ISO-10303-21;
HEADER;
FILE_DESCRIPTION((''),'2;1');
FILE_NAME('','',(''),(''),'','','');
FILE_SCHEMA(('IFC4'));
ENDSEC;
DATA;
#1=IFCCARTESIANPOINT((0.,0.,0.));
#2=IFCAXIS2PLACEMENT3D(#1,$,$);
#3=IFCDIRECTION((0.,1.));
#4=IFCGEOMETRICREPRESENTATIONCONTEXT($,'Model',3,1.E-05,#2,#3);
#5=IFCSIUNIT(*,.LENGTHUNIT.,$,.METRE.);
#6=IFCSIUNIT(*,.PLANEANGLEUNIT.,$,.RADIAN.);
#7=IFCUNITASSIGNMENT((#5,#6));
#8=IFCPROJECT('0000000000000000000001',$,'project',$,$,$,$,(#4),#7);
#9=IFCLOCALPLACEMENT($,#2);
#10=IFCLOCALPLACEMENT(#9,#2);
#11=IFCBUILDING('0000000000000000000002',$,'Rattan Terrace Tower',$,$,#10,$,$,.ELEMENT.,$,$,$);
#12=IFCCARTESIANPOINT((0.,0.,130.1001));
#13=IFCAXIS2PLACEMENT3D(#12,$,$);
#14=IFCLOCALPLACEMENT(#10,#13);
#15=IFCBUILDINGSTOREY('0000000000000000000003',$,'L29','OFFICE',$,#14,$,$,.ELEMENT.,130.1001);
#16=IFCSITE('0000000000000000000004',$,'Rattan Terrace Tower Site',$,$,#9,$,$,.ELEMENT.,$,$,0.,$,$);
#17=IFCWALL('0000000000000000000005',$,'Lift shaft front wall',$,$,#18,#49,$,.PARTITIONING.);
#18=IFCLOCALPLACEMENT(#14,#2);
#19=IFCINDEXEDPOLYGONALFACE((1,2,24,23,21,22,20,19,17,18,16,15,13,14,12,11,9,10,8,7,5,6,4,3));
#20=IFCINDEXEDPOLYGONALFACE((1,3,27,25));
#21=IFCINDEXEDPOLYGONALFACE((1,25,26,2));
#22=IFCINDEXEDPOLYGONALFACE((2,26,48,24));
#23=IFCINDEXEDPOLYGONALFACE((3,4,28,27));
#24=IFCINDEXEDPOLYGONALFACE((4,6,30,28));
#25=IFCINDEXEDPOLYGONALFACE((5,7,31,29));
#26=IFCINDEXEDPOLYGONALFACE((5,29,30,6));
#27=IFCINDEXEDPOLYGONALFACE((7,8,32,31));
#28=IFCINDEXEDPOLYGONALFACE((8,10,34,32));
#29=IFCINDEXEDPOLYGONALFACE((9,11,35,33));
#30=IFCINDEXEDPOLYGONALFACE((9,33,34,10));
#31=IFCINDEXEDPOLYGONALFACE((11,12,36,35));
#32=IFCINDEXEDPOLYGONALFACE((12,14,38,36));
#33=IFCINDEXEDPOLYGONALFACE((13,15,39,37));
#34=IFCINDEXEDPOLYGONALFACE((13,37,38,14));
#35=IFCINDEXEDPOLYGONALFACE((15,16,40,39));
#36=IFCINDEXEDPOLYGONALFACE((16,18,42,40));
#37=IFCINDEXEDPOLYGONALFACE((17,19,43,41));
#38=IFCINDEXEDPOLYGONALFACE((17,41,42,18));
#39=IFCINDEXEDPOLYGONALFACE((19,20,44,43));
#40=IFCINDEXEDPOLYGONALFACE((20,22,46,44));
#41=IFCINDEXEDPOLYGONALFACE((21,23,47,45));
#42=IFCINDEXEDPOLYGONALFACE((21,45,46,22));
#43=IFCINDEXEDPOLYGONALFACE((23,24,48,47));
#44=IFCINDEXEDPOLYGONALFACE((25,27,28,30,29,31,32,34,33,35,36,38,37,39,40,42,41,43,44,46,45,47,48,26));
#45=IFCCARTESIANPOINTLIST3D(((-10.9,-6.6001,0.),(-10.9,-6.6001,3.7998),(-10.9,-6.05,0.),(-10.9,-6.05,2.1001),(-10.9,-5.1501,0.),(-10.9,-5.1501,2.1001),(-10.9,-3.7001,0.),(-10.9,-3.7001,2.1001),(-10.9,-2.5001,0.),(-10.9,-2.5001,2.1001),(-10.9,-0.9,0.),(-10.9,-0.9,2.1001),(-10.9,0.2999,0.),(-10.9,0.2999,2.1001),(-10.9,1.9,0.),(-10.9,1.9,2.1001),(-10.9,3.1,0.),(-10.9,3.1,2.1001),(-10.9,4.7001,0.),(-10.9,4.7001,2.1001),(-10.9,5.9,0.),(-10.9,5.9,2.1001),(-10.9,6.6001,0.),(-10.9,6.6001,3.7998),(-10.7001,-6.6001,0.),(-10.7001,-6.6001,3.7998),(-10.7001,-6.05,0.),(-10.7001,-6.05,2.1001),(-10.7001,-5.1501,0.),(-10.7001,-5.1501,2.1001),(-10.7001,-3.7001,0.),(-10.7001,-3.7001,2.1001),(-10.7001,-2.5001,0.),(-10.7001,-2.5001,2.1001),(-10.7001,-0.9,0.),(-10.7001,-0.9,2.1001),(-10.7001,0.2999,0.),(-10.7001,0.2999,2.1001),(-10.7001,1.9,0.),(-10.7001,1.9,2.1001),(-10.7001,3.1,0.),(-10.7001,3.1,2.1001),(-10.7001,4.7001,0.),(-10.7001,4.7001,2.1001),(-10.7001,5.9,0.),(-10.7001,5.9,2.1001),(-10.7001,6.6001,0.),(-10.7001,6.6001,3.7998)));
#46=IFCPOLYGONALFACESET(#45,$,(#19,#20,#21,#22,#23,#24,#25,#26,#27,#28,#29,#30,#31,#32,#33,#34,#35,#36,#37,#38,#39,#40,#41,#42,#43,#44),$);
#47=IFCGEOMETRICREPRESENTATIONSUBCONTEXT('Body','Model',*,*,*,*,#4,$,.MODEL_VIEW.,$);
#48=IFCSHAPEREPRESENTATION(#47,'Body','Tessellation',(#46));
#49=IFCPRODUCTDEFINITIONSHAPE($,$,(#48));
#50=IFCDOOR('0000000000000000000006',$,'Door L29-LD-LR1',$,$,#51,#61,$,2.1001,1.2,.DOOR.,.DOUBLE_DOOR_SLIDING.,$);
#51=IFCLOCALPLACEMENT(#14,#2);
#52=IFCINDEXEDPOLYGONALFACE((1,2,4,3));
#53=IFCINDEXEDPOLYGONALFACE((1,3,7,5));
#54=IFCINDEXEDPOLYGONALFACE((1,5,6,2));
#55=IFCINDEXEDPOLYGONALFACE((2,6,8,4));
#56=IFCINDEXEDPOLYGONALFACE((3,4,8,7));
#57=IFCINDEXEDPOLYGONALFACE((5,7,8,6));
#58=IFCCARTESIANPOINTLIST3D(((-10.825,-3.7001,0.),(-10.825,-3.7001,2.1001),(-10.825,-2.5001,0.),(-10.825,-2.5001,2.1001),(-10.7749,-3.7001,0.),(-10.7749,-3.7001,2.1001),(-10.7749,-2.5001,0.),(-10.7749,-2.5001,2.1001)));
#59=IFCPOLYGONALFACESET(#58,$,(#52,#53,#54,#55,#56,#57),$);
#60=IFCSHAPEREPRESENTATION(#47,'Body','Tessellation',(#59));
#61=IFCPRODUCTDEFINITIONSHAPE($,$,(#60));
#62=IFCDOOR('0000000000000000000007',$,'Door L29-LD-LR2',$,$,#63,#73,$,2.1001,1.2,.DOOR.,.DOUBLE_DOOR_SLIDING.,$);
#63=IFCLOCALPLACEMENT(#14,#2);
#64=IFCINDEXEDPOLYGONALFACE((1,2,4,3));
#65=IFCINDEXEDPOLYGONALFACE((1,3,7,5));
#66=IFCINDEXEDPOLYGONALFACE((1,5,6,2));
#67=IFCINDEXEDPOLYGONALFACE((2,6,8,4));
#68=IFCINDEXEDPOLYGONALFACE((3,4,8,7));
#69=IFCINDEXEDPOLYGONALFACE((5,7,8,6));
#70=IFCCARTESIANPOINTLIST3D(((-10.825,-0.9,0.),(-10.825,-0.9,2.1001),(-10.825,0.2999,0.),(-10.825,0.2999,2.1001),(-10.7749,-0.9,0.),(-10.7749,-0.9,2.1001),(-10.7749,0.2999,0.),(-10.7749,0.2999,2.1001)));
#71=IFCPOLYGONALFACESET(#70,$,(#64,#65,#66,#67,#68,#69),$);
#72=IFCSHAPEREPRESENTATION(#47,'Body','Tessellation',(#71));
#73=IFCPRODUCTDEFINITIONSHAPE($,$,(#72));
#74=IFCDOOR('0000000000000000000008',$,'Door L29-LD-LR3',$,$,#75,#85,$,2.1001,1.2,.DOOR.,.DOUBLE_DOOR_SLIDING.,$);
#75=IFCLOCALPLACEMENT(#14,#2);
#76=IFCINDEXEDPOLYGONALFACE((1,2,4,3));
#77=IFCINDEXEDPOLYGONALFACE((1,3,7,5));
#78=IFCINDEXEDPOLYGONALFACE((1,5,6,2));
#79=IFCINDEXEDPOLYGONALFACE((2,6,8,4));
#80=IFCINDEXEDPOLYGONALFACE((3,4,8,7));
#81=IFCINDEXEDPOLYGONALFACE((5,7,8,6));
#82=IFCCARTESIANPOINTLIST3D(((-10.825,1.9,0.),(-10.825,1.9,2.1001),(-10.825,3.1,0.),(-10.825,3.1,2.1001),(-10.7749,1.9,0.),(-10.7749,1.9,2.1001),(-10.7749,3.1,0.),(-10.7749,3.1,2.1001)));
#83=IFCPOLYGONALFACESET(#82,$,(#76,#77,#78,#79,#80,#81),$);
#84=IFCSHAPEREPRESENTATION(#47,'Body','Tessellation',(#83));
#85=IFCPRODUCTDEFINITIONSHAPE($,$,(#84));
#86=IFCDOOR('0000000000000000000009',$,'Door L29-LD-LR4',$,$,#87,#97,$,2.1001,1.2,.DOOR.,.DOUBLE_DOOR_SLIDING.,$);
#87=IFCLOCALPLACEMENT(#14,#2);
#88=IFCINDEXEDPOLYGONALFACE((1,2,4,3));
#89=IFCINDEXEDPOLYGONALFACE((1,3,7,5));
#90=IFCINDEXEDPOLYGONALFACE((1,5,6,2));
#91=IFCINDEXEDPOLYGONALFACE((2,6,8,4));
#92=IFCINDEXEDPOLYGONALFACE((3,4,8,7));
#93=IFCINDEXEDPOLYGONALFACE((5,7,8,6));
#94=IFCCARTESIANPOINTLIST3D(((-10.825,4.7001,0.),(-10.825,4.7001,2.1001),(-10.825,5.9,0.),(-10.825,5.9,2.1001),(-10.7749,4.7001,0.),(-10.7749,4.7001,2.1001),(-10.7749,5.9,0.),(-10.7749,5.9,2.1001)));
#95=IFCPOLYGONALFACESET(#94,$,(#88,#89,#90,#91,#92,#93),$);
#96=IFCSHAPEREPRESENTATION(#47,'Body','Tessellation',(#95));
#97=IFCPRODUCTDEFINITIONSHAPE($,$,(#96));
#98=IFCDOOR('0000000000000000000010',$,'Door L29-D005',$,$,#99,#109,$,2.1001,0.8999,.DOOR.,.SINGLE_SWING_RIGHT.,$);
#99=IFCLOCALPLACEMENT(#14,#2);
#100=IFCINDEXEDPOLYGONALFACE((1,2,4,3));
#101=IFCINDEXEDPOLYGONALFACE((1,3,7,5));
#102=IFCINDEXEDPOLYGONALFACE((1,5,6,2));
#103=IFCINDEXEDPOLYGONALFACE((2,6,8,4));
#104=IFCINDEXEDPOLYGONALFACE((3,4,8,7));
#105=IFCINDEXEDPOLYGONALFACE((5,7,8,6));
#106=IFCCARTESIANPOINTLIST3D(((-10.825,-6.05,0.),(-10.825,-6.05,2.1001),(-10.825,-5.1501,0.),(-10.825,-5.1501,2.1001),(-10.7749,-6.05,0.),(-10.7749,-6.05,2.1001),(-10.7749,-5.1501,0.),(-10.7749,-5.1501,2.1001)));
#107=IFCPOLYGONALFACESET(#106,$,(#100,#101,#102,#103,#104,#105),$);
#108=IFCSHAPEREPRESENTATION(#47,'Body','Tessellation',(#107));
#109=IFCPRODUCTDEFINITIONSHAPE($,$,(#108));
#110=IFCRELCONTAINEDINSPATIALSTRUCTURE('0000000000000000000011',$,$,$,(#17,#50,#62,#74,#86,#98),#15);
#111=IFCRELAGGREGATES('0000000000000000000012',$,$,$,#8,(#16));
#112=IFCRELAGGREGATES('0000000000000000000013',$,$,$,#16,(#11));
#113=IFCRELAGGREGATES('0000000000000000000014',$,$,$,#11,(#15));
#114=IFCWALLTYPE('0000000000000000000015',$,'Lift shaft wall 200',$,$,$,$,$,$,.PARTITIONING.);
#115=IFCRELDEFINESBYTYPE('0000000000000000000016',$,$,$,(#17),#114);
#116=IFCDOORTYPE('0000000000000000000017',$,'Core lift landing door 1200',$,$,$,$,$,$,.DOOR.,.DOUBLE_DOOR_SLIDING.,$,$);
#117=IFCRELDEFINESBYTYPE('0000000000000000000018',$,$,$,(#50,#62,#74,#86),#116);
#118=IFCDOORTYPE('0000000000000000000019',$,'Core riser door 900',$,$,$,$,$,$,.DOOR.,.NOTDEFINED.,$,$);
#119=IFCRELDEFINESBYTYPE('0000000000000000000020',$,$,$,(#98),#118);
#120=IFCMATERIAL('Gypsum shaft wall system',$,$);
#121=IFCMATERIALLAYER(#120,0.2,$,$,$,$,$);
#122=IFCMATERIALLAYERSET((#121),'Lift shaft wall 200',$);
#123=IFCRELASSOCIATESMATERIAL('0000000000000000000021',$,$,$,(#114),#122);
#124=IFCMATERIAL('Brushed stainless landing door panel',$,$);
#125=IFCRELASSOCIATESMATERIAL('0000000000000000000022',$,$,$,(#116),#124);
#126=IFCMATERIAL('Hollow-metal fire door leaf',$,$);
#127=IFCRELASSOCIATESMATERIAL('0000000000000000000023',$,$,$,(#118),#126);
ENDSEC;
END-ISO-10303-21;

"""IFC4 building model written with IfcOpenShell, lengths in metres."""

from ifc_helpers import new_model, si_unit, direction, frame, frame_2d, origin, place, context, subcontext, project, spatial, rectangle, extrude, material, layer, layer_set, type_object, element, fill, save


model = new_model("IFC4")

# Units and contexts
model_context = context("Model", 3, precision=1e-05, world=origin(), true_north=direction((0.0, 1.0)))
body_context = subcontext(model_context, "Body", "Model", "MODEL_VIEW")
ifc_project = project(units=[si_unit("LENGTHUNIT", "METRE"), si_unit("PLANEANGLEUNIT", "RADIAN")], contexts=[model_context])

# Site, building, storey
site_placement = place(None, origin())
site = spatial("IfcSite", under=ifc_project, at=site_placement, Name="Rattan Terrace Tower Site", CompositionType="ELEMENT", RefElevation=0.0)
building_placement = place(site_placement, origin())
building = spatial("IfcBuilding", under=site, at=building_placement, Name="Rattan Terrace Tower", CompositionType="ELEMENT")
storey_placement = place(building_placement, frame((0.0, 0.0, 130.1001)))
storey = spatial("IfcBuildingStorey", under=building, at=storey_placement, Name="L29", Description="OFFICE", CompositionType="ELEMENT", Elevation=130.1001)

# Wall, openings, doors
ifc_material_1 = material(Name="Gypsum shaft wall system")
ifc_layer_1 = layer(ifc_material_1, 0.2)
ifc_layer_set_1 = layer_set([ifc_layer_1], Name="Lift shaft wall 200")
wall_type_1 = type_object("IfcWallType", Name="Lift shaft wall 200", PredefinedType="PARTITIONING", material=ifc_layer_set_1)
wall_1_placement = place(storey_placement, frame((-10.8, -6.6001, 0.0), z_axis=(0.0, 0.0, 1.0), x_axis=(0.0, 1.0, 0.0)))
wall_1 = element("IfcWall", 1, at=wall_1_placement, inside=storey, type_object=wall_type_1, Name="Lift shaft front wall", PredefinedType="PARTITIONING", context=body_context, shape_type="SweptSolid", body=[
    extrude(rectangle(XDim=13.2002, YDim=0.2, at=frame_2d((6.6001, 0.0))), origin(), (0.0, 0.0, 1.0), 3.7998),
])
opening_1_placement = place(wall_1_placement, frame((0.55, 0.0, 0.0)))
opening_1 = element("IfcOpeningElement", 2, at=opening_1_placement, cuts=wall_1, PredefinedType="OPENING", context=body_context, shape_type="SweptSolid", body=[
    extrude(rectangle(XDim=0.8999, YDim=2.1001, at=frame_2d((0.45, 1.05))), frame((0.0, 0.1106, 0.0), z_axis=(0.0, -1.0, 0.0), x_axis=(1.0, 0.0, 0.0)), (0.0, 0.0, 1.0), 0.2209),
])
opening_2_placement = place(wall_1_placement, frame((2.8999, 0.0, 0.0)))
opening_2 = element("IfcOpeningElement", 3, at=opening_2_placement, cuts=wall_1, PredefinedType="OPENING", context=body_context, shape_type="SweptSolid", body=[
    extrude(rectangle(XDim=1.2, YDim=2.1001, at=frame_2d((0.6001, 1.05))), frame((0.0, 0.1106, 0.0), z_axis=(0.0, -1.0, 0.0), x_axis=(1.0, 0.0, 0.0)), (0.0, 0.0, 1.0), 0.2209),
])
opening_3_placement = place(wall_1_placement, frame((5.7, 0.0, 0.0)))
opening_3 = element("IfcOpeningElement", 4, at=opening_3_placement, cuts=wall_1, PredefinedType="OPENING", context=body_context, shape_type="SweptSolid", body=[
    extrude(rectangle(XDim=1.2, YDim=2.1001, at=frame_2d((0.6001, 1.05))), frame((0.0, 0.1106, 0.0), z_axis=(0.0, -1.0, 0.0), x_axis=(1.0, 0.0, 0.0)), (0.0, 0.0, 1.0), 0.2209),
])
opening_4_placement = place(wall_1_placement, frame((8.5, 0.0, 0.0)))
opening_4 = element("IfcOpeningElement", 5, at=opening_4_placement, cuts=wall_1, PredefinedType="OPENING", context=body_context, shape_type="SweptSolid", body=[
    extrude(rectangle(XDim=1.2, YDim=2.1001, at=frame_2d((0.6001, 1.05))), frame((0.0, 0.1106, 0.0), z_axis=(0.0, -1.0, 0.0), x_axis=(1.0, 0.0, 0.0)), (0.0, 0.0, 1.0), 0.2209),
])
opening_5_placement = place(wall_1_placement, frame((11.3, 0.0, 0.0)))
opening_5 = element("IfcOpeningElement", 6, at=opening_5_placement, cuts=wall_1, PredefinedType="OPENING", context=body_context, shape_type="SweptSolid", body=[
    extrude(rectangle(XDim=1.2, YDim=2.1001, at=frame_2d((0.6001, 1.05))), frame((0.0, 0.1106, 0.0), z_axis=(0.0, -1.0, 0.0), x_axis=(1.0, 0.0, 0.0)), (0.0, 0.0, 1.0), 0.2209),
])
ifc_material_2 = material(Name="Brushed stainless landing door panel")
door_type_1 = type_object("IfcDoorType", Name="Core lift landing door 1200", OperationType="DOUBLE_DOOR_SLIDING", PredefinedType="DOOR", material=ifc_material_2)
door_1_placement = place(opening_2_placement, origin())
door_1 = element("IfcDoor", 7, at=door_1_placement, inside=storey, type_object=door_type_1, Name="Door L29-LD-LR1", OperationType="DOUBLE_DOOR_SLIDING", OverallHeight=2.1001, OverallWidth=1.2, PredefinedType="DOOR", context=body_context, shape_type="SweptSolid", body=[
    extrude(rectangle(XDim=1.2, YDim=2.1001, at=frame_2d((0.6001, 1.05))), frame((0.0, 0.0249, 0.0), z_axis=(0.0, -1.0, 0.0), x_axis=(1.0, 0.0, 0.0)), (0.0, 0.0, 1.0), 0.05),
])
fill(opening_2, door_1)
door_2_placement = place(opening_3_placement, origin())
door_2 = element("IfcDoor", 8, at=door_2_placement, inside=storey, type_object=door_type_1, Name="Door L29-LD-LR2", OperationType="DOUBLE_DOOR_SLIDING", OverallHeight=2.1001, OverallWidth=1.2, PredefinedType="DOOR", context=body_context, shape_type="SweptSolid", body=[
    extrude(rectangle(XDim=1.2, YDim=2.1001, at=frame_2d((0.6001, 1.05))), frame((0.0, 0.0249, 0.0), z_axis=(0.0, -1.0, 0.0), x_axis=(1.0, 0.0, 0.0)), (0.0, 0.0, 1.0), 0.05),
])
fill(opening_3, door_2)
door_3_placement = place(opening_4_placement, origin())
door_3 = element("IfcDoor", 9, at=door_3_placement, inside=storey, type_object=door_type_1, Name="Door L29-LD-LR3", OperationType="DOUBLE_DOOR_SLIDING", OverallHeight=2.1001, OverallWidth=1.2, PredefinedType="DOOR", context=body_context, shape_type="SweptSolid", body=[
    extrude(rectangle(XDim=1.2, YDim=2.1001, at=frame_2d((0.6001, 1.05))), frame((0.0, 0.0249, 0.0), z_axis=(0.0, -1.0, 0.0), x_axis=(1.0, 0.0, 0.0)), (0.0, 0.0, 1.0), 0.05),
])
fill(opening_4, door_3)
door_4_placement = place(opening_5_placement, origin())
door_4 = element("IfcDoor", 10, at=door_4_placement, inside=storey, type_object=door_type_1, Name="Door L29-LD-LR4", OperationType="DOUBLE_DOOR_SLIDING", OverallHeight=2.1001, OverallWidth=1.2, PredefinedType="DOOR", context=body_context, shape_type="SweptSolid", body=[
    extrude(rectangle(XDim=1.2, YDim=2.1001, at=frame_2d((0.6001, 1.05))), frame((0.0, 0.0249, 0.0), z_axis=(0.0, -1.0, 0.0), x_axis=(1.0, 0.0, 0.0)), (0.0, 0.0, 1.0), 0.05),
])
fill(opening_5, door_4)
ifc_material_3 = material(Name="Hollow-metal fire door leaf")
door_type_2 = type_object("IfcDoorType", Name="Core riser door 900", OperationType="NOTDEFINED", PredefinedType="DOOR", material=ifc_material_3)
door_5_placement = place(opening_1_placement, origin())
door_5 = element("IfcDoor", 11, at=door_5_placement, inside=storey, type_object=door_type_2, Name="Door L29-D005", OperationType="SINGLE_SWING_RIGHT", OverallHeight=2.1001, OverallWidth=0.8999, PredefinedType="DOOR", context=body_context, shape_type="SweptSolid", body=[
    extrude(rectangle(XDim=0.8999, YDim=2.1001, at=frame_2d((0.45, 1.05))), frame((0.0, 0.0249, 0.0), z_axis=(0.0, -1.0, 0.0), x_axis=(1.0, 0.0, 0.0)), (0.0, 0.0, 1.0), 0.05),
])
fill(opening_1, door_5)

save(model, "model.ifc")
